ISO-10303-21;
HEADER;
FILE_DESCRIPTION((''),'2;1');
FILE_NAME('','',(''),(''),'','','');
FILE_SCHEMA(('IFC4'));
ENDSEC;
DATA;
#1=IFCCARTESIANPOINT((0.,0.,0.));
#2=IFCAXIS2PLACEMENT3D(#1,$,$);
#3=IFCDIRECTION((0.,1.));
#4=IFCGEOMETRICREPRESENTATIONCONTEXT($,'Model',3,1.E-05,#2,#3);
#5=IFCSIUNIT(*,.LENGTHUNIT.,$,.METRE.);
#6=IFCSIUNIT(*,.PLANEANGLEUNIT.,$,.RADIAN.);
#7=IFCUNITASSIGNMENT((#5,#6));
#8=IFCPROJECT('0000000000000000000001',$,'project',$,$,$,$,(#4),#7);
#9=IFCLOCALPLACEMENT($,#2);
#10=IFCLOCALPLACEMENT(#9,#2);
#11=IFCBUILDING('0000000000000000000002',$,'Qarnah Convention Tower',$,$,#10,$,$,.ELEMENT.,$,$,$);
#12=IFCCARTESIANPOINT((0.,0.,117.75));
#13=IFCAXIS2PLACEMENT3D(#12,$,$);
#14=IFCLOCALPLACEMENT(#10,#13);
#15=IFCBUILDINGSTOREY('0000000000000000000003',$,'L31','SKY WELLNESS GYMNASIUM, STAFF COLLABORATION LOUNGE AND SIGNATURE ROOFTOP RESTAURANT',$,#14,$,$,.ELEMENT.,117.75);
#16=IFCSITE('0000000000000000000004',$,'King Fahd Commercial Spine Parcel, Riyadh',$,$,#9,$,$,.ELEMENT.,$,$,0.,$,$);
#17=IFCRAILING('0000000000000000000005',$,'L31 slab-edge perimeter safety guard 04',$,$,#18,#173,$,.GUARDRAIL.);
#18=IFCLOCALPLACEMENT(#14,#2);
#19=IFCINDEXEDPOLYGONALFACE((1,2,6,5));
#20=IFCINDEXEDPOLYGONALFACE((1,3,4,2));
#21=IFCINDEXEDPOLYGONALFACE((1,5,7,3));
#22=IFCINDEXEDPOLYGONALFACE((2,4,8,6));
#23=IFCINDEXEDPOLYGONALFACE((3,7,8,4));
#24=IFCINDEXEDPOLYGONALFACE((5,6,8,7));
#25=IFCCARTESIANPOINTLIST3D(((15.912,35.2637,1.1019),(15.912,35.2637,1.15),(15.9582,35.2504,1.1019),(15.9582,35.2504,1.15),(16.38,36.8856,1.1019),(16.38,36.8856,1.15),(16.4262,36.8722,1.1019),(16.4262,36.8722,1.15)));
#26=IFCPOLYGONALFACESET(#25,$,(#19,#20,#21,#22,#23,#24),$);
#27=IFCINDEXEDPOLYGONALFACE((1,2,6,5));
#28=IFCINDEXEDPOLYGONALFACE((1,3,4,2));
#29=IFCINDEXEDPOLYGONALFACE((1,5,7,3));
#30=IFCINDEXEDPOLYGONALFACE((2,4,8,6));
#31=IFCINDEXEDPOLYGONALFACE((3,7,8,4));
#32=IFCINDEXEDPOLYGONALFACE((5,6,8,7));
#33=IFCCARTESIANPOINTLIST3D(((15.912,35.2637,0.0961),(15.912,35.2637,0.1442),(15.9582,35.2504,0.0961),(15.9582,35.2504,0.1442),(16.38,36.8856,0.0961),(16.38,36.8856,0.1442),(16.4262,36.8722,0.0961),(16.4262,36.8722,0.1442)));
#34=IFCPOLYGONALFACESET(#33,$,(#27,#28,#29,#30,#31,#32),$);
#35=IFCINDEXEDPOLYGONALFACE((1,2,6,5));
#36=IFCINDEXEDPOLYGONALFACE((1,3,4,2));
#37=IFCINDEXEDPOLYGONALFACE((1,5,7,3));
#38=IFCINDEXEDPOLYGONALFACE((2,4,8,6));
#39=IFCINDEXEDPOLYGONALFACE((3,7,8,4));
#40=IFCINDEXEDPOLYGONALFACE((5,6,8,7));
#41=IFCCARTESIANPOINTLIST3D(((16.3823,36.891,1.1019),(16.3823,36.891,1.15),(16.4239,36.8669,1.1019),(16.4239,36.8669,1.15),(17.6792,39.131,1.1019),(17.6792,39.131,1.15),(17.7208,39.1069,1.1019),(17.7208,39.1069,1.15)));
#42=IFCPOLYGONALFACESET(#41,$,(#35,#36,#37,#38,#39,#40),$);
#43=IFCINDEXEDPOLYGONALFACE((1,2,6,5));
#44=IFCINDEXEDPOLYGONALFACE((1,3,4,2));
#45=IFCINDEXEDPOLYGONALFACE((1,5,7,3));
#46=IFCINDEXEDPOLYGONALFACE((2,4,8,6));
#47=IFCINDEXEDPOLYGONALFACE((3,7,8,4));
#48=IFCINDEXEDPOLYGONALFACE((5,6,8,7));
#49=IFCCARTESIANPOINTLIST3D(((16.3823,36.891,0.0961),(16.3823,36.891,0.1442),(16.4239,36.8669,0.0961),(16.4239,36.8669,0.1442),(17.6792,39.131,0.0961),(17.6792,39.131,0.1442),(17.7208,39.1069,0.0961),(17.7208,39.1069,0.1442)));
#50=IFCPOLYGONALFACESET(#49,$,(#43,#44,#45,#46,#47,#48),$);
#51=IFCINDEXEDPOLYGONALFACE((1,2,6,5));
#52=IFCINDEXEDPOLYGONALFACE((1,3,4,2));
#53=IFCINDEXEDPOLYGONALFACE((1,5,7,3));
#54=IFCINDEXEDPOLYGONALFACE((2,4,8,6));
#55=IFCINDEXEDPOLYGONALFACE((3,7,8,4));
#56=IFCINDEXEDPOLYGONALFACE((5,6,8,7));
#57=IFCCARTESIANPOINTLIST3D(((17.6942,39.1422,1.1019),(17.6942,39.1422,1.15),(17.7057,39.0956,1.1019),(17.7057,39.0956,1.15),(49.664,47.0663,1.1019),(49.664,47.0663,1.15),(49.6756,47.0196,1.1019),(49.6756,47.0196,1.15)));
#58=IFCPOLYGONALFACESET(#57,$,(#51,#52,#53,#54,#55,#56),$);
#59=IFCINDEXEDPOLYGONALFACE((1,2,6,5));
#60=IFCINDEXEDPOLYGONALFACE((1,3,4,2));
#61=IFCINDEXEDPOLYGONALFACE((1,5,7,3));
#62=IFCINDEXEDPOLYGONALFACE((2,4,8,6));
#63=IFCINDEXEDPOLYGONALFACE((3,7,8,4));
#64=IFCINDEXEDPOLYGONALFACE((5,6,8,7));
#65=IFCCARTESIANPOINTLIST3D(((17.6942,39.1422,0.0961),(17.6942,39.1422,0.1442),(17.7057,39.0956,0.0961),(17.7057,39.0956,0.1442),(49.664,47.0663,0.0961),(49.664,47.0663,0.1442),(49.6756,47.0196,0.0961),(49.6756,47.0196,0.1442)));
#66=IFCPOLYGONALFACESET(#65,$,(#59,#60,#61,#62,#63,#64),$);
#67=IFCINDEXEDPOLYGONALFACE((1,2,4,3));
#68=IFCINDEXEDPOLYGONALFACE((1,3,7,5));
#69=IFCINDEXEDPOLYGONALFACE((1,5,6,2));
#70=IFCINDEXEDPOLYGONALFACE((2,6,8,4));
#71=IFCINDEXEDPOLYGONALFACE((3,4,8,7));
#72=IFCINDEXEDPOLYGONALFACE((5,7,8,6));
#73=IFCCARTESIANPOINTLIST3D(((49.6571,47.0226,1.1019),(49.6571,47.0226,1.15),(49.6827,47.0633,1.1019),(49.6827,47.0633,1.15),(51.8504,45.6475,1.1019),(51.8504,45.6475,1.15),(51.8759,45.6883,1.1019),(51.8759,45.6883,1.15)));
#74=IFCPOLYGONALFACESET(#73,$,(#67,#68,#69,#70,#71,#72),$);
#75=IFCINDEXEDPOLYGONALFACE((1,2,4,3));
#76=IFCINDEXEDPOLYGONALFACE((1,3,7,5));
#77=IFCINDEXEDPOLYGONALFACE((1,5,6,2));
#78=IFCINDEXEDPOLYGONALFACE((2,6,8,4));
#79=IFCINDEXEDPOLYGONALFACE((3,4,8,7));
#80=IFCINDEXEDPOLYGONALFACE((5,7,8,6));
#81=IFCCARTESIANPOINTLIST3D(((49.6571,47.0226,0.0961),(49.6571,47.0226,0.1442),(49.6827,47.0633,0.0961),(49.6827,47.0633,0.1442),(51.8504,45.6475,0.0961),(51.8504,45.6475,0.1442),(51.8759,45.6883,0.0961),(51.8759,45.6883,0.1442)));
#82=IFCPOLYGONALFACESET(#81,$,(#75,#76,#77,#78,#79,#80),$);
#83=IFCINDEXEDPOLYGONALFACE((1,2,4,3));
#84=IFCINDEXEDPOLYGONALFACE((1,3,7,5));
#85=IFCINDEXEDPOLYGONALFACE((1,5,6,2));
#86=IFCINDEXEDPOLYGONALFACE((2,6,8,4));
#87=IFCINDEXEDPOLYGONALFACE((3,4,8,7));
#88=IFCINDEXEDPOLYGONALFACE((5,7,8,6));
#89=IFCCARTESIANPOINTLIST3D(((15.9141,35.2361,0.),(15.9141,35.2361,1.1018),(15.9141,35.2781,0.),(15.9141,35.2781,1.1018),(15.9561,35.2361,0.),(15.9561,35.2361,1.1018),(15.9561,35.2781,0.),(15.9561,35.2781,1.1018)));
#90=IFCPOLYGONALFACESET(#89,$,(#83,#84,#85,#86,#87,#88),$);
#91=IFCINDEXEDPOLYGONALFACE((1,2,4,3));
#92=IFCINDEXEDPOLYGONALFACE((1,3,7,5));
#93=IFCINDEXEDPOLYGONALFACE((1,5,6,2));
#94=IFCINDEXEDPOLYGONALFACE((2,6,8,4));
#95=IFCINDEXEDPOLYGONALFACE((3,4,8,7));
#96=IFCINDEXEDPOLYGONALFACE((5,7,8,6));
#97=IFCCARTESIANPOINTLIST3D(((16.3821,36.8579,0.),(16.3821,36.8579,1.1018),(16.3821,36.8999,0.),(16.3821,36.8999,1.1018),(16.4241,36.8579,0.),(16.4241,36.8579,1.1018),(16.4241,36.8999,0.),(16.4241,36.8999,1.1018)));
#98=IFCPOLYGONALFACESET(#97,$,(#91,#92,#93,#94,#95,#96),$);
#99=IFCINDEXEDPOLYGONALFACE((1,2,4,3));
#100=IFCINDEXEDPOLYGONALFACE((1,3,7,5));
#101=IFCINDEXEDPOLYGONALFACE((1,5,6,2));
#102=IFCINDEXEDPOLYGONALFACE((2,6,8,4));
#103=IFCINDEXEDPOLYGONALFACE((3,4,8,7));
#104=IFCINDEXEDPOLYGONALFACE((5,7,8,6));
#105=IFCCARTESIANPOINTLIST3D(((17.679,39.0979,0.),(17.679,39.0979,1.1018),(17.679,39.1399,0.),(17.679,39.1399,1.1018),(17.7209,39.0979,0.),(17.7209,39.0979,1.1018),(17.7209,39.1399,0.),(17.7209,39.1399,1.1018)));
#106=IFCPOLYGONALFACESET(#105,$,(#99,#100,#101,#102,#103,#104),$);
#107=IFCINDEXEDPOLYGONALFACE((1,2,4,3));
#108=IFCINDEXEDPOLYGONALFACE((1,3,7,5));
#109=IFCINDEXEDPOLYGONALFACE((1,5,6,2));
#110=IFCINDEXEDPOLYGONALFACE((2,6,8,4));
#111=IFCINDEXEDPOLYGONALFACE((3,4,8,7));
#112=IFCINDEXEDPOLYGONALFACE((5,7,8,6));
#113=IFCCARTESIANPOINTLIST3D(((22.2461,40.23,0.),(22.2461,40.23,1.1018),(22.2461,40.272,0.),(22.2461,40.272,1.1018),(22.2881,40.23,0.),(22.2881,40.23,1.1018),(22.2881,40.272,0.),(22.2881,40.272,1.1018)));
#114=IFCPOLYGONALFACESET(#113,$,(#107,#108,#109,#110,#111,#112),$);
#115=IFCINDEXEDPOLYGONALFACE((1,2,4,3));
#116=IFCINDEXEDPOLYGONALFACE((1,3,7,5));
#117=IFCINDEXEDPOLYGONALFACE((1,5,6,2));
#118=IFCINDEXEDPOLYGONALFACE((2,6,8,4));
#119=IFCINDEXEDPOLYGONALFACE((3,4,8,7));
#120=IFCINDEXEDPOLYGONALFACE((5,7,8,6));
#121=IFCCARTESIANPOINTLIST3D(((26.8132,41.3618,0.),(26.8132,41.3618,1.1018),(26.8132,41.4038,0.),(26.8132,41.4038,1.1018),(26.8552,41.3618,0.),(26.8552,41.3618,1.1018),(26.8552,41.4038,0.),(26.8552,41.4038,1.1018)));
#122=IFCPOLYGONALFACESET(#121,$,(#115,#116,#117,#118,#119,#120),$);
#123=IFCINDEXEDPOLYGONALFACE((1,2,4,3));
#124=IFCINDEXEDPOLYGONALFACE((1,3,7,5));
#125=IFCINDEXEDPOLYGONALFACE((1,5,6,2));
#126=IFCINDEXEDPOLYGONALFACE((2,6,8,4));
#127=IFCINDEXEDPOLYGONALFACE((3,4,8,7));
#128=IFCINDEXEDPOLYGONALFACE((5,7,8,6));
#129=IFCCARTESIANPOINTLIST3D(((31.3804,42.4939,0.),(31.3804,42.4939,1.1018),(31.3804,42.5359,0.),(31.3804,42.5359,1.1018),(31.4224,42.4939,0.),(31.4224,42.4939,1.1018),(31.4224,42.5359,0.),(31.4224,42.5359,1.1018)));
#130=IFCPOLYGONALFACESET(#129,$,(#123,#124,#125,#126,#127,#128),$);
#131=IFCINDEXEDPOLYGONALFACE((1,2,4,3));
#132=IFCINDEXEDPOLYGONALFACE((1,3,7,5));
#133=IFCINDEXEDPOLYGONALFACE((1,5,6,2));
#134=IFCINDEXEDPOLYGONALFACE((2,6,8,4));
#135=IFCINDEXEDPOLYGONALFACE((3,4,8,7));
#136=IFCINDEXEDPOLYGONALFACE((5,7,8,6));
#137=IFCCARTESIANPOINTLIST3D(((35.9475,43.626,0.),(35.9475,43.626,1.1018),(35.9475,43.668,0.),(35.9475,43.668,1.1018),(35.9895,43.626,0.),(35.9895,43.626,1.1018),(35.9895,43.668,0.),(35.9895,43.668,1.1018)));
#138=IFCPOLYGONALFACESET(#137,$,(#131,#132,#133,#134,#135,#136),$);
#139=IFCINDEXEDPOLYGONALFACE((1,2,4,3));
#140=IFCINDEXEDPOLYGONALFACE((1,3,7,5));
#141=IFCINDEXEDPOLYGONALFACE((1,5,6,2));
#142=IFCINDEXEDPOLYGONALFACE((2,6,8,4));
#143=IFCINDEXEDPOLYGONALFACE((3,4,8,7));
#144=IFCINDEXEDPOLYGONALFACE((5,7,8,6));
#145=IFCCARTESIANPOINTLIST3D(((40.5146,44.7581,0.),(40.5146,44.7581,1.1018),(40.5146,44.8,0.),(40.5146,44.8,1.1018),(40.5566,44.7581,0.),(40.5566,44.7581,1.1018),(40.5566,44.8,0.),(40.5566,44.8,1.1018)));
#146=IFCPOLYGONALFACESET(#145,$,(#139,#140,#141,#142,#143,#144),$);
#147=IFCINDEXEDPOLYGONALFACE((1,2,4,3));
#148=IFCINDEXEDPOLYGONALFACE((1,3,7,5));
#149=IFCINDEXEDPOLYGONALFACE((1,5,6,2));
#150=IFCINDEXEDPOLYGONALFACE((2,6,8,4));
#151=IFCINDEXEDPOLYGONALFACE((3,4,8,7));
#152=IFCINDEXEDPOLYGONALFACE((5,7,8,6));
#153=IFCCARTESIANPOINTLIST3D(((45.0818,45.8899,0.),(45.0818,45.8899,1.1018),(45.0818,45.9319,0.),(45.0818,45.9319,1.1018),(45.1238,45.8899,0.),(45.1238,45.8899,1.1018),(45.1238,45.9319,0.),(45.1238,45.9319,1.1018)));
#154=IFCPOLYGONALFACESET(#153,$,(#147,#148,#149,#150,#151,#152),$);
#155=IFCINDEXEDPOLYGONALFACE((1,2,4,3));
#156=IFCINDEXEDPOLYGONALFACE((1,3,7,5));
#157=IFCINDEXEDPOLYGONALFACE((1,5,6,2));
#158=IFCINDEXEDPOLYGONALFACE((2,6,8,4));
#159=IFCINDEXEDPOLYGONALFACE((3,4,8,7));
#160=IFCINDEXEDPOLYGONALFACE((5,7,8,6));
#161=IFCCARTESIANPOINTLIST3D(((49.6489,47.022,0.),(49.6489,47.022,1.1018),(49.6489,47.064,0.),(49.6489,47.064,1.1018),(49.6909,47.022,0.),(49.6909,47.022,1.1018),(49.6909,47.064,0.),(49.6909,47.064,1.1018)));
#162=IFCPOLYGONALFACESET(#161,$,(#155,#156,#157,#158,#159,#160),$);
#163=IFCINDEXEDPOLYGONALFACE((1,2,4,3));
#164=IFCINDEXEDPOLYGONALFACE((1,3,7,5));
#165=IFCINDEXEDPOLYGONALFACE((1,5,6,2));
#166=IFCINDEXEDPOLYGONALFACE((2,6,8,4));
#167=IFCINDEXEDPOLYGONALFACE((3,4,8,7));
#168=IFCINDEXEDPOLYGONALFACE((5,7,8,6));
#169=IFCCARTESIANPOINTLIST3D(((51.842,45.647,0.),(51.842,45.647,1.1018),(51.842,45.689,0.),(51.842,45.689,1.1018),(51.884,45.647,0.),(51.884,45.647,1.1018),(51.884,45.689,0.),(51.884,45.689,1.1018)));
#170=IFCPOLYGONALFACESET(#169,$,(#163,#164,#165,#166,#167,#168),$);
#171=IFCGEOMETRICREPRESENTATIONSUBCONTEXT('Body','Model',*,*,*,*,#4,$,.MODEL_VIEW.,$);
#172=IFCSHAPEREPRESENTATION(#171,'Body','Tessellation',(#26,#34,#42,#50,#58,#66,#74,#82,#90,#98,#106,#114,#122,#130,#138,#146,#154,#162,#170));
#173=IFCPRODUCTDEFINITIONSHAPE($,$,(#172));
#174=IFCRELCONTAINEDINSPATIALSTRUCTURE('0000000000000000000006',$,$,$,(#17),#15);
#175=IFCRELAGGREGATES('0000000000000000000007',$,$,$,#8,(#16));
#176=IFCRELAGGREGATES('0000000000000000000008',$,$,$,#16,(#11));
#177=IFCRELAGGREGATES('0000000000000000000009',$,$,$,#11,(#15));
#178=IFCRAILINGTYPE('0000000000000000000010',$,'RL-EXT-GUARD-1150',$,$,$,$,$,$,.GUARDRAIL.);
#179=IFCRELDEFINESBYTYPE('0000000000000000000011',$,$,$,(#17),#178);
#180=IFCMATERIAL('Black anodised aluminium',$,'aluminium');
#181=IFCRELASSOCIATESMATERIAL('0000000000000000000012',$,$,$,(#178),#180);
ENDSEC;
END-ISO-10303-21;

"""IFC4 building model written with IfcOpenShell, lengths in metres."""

from ifc_helpers import new_model, si_unit, direction, frame, origin, origin_2d, place, context, subcontext, project, spatial, rectangle, extrude, material, type_object, element, save


model = new_model("IFC4")

# Units and contexts
model_context = context("Model", 3, precision=1e-05, world=origin(), true_north=direction((0.0, 1.0)))
body_context = subcontext(model_context, "Body", "Model", "MODEL_VIEW")
ifc_project = project(units=[si_unit("LENGTHUNIT", "METRE"), si_unit("PLANEANGLEUNIT", "RADIAN")], contexts=[model_context])

# Site, building, storey
site_placement = place(None, origin())
site = spatial("IfcSite", under=ifc_project, at=site_placement, Name="King Fahd Commercial Spine Parcel, Riyadh", CompositionType="ELEMENT", RefElevation=0.0)
building_placement = place(site_placement, origin())
building = spatial("IfcBuilding", under=site, at=building_placement, Name="Qarnah Convention Tower", CompositionType="ELEMENT")
storey_placement = place(building_placement, frame((0.0, 0.0, 117.75)))
storey = spatial("IfcBuildingStorey", under=building, at=storey_placement, Name="L31", Description="SKY WELLNESS GYMNASIUM, STAFF COLLABORATION LOUNGE AND SIGNATURE ROOFTOP RESTAURANT", CompositionType="ELEMENT", Elevation=117.75)

# Shared definitions
ifc_material_1 = material(Name="Black anodised aluminium", Category="aluminium")

# Railing
railing_type_1 = type_object("IfcRailingType", Name="RL-EXT-GUARD-1150", PredefinedType="GUARDRAIL", material=ifc_material_1)
railing_1_placement = place(storey_placement, frame((15.9351, 35.2571, 0.0)))
element("IfcRailing", 1, at=railing_1_placement, inside=storey, type_object=railing_type_1, Name="L31 slab-edge perimeter safety guard 04", PredefinedType="GUARDRAIL", context=body_context, shape_type="SweptSolid", body=[
    extrude(rectangle(XDim=0.0481, YDim=0.0481, at=origin_2d()), frame((0.0, 0.0, 1.126), z_axis=(0.277261, 0.960795, 0.0), x_axis=(-0.960795, 0.277261, 0.0)), (0.0, 0.0, 1.0), 1.688),
    extrude(rectangle(XDim=0.0481, YDim=0.0481, at=origin_2d()), frame((0.0, 0.0, 0.1201), z_axis=(0.277261, 0.960795, 0.0), x_axis=(-0.960795, 0.277261, 0.0)), (0.0, 0.0, 1.0), 1.688),
    extrude(rectangle(XDim=0.0481, YDim=0.0481, at=origin_2d()), frame((0.468, 1.6218, 1.126), z_axis=(0.501047, 0.86542, 0.0), x_axis=(-0.86542, 0.501047, 0.0)), (0.0, 0.0, 1.0), 2.5884),
    extrude(rectangle(XDim=0.0481, YDim=0.0481, at=origin_2d()), frame((0.468, 1.6218, 0.1201), z_axis=(0.501047, 0.86542, 0.0), x_axis=(-0.86542, 0.501047, 0.0)), (0.0, 0.0, 1.0), 2.5884),
    extrude(rectangle(XDim=0.0481, YDim=0.0481, at=origin_2d()), frame((1.7649, 3.8618, 1.126), z_axis=(0.970629, 0.24058, 0.0), x_axis=(-0.24058, 0.970629, 0.0)), (0.0, 0.0, 1.0), 32.9373),
    extrude(rectangle(XDim=0.0481, YDim=0.0481, at=origin_2d()), frame((1.7649, 3.8618, 0.1201), z_axis=(0.970629, 0.24058, 0.0), x_axis=(-0.24058, 0.970629, 0.0)), (0.0, 0.0, 1.0), 32.9373),
    extrude(rectangle(XDim=0.0481, YDim=0.0481, at=origin_2d()), frame((33.7349, 11.7859, 1.126), z_axis=(0.84725, -0.531194, 0.0), x_axis=(0.531194, 0.84725, 0.0)), (0.0, 0.0, 1.0), 2.5886),
    extrude(rectangle(XDim=0.0481, YDim=0.0481, at=origin_2d()), frame((33.7349, 11.7859, 0.1201), z_axis=(0.84725, -0.531194, 0.0), x_axis=(0.531194, 0.84725, 0.0)), (0.0, 0.0, 1.0), 2.5886),
    extrude(rectangle(XDim=0.042, YDim=0.042, at=origin_2d()), origin(), (0.0, 0.0, 1.0), 1.1018),
    extrude(rectangle(XDim=0.042, YDim=0.042, at=origin_2d()), frame((0.468, 1.6218, 0.0)), (0.0, 0.0, 1.0), 1.1018),
    extrude(rectangle(XDim=0.042, YDim=0.042, at=origin_2d()), frame((1.7649, 3.8618, 0.0)), (0.0, 0.0, 1.0), 1.1018),
    extrude(rectangle(XDim=0.042, YDim=0.042, at=origin_2d()), frame((6.332, 4.9939, 0.0)), (0.0, 0.0, 1.0), 1.1018),
    extrude(rectangle(XDim=0.042, YDim=0.042, at=origin_2d()), frame((10.8992, 6.1257, 0.0)), (0.0, 0.0, 1.0), 1.1018),
    extrude(rectangle(XDim=0.042, YDim=0.042, at=origin_2d()), frame((15.4663, 7.2578, 0.0)), (0.0, 0.0, 1.0), 1.1018),
    extrude(rectangle(XDim=0.042, YDim=0.042, at=origin_2d()), frame((20.0334, 8.3899, 0.0)), (0.0, 0.0, 1.0), 1.1018),
    extrude(rectangle(XDim=0.042, YDim=0.042, at=origin_2d()), frame((24.6006, 9.522, 0.0)), (0.0, 0.0, 1.0), 1.1018),
    extrude(rectangle(XDim=0.042, YDim=0.042, at=origin_2d()), frame((29.1677, 10.6538, 0.0)), (0.0, 0.0, 1.0), 1.1018),
    extrude(rectangle(XDim=0.042, YDim=0.042, at=origin_2d()), frame((33.7349, 11.7859, 0.0)), (0.0, 0.0, 1.0), 1.1018),
    extrude(rectangle(XDim=0.042, YDim=0.042, at=origin_2d()), frame((35.928, 10.4109, 0.0)), (0.0, 0.0, 1.0), 1.1018),
])

save(model, "model.ifc")
